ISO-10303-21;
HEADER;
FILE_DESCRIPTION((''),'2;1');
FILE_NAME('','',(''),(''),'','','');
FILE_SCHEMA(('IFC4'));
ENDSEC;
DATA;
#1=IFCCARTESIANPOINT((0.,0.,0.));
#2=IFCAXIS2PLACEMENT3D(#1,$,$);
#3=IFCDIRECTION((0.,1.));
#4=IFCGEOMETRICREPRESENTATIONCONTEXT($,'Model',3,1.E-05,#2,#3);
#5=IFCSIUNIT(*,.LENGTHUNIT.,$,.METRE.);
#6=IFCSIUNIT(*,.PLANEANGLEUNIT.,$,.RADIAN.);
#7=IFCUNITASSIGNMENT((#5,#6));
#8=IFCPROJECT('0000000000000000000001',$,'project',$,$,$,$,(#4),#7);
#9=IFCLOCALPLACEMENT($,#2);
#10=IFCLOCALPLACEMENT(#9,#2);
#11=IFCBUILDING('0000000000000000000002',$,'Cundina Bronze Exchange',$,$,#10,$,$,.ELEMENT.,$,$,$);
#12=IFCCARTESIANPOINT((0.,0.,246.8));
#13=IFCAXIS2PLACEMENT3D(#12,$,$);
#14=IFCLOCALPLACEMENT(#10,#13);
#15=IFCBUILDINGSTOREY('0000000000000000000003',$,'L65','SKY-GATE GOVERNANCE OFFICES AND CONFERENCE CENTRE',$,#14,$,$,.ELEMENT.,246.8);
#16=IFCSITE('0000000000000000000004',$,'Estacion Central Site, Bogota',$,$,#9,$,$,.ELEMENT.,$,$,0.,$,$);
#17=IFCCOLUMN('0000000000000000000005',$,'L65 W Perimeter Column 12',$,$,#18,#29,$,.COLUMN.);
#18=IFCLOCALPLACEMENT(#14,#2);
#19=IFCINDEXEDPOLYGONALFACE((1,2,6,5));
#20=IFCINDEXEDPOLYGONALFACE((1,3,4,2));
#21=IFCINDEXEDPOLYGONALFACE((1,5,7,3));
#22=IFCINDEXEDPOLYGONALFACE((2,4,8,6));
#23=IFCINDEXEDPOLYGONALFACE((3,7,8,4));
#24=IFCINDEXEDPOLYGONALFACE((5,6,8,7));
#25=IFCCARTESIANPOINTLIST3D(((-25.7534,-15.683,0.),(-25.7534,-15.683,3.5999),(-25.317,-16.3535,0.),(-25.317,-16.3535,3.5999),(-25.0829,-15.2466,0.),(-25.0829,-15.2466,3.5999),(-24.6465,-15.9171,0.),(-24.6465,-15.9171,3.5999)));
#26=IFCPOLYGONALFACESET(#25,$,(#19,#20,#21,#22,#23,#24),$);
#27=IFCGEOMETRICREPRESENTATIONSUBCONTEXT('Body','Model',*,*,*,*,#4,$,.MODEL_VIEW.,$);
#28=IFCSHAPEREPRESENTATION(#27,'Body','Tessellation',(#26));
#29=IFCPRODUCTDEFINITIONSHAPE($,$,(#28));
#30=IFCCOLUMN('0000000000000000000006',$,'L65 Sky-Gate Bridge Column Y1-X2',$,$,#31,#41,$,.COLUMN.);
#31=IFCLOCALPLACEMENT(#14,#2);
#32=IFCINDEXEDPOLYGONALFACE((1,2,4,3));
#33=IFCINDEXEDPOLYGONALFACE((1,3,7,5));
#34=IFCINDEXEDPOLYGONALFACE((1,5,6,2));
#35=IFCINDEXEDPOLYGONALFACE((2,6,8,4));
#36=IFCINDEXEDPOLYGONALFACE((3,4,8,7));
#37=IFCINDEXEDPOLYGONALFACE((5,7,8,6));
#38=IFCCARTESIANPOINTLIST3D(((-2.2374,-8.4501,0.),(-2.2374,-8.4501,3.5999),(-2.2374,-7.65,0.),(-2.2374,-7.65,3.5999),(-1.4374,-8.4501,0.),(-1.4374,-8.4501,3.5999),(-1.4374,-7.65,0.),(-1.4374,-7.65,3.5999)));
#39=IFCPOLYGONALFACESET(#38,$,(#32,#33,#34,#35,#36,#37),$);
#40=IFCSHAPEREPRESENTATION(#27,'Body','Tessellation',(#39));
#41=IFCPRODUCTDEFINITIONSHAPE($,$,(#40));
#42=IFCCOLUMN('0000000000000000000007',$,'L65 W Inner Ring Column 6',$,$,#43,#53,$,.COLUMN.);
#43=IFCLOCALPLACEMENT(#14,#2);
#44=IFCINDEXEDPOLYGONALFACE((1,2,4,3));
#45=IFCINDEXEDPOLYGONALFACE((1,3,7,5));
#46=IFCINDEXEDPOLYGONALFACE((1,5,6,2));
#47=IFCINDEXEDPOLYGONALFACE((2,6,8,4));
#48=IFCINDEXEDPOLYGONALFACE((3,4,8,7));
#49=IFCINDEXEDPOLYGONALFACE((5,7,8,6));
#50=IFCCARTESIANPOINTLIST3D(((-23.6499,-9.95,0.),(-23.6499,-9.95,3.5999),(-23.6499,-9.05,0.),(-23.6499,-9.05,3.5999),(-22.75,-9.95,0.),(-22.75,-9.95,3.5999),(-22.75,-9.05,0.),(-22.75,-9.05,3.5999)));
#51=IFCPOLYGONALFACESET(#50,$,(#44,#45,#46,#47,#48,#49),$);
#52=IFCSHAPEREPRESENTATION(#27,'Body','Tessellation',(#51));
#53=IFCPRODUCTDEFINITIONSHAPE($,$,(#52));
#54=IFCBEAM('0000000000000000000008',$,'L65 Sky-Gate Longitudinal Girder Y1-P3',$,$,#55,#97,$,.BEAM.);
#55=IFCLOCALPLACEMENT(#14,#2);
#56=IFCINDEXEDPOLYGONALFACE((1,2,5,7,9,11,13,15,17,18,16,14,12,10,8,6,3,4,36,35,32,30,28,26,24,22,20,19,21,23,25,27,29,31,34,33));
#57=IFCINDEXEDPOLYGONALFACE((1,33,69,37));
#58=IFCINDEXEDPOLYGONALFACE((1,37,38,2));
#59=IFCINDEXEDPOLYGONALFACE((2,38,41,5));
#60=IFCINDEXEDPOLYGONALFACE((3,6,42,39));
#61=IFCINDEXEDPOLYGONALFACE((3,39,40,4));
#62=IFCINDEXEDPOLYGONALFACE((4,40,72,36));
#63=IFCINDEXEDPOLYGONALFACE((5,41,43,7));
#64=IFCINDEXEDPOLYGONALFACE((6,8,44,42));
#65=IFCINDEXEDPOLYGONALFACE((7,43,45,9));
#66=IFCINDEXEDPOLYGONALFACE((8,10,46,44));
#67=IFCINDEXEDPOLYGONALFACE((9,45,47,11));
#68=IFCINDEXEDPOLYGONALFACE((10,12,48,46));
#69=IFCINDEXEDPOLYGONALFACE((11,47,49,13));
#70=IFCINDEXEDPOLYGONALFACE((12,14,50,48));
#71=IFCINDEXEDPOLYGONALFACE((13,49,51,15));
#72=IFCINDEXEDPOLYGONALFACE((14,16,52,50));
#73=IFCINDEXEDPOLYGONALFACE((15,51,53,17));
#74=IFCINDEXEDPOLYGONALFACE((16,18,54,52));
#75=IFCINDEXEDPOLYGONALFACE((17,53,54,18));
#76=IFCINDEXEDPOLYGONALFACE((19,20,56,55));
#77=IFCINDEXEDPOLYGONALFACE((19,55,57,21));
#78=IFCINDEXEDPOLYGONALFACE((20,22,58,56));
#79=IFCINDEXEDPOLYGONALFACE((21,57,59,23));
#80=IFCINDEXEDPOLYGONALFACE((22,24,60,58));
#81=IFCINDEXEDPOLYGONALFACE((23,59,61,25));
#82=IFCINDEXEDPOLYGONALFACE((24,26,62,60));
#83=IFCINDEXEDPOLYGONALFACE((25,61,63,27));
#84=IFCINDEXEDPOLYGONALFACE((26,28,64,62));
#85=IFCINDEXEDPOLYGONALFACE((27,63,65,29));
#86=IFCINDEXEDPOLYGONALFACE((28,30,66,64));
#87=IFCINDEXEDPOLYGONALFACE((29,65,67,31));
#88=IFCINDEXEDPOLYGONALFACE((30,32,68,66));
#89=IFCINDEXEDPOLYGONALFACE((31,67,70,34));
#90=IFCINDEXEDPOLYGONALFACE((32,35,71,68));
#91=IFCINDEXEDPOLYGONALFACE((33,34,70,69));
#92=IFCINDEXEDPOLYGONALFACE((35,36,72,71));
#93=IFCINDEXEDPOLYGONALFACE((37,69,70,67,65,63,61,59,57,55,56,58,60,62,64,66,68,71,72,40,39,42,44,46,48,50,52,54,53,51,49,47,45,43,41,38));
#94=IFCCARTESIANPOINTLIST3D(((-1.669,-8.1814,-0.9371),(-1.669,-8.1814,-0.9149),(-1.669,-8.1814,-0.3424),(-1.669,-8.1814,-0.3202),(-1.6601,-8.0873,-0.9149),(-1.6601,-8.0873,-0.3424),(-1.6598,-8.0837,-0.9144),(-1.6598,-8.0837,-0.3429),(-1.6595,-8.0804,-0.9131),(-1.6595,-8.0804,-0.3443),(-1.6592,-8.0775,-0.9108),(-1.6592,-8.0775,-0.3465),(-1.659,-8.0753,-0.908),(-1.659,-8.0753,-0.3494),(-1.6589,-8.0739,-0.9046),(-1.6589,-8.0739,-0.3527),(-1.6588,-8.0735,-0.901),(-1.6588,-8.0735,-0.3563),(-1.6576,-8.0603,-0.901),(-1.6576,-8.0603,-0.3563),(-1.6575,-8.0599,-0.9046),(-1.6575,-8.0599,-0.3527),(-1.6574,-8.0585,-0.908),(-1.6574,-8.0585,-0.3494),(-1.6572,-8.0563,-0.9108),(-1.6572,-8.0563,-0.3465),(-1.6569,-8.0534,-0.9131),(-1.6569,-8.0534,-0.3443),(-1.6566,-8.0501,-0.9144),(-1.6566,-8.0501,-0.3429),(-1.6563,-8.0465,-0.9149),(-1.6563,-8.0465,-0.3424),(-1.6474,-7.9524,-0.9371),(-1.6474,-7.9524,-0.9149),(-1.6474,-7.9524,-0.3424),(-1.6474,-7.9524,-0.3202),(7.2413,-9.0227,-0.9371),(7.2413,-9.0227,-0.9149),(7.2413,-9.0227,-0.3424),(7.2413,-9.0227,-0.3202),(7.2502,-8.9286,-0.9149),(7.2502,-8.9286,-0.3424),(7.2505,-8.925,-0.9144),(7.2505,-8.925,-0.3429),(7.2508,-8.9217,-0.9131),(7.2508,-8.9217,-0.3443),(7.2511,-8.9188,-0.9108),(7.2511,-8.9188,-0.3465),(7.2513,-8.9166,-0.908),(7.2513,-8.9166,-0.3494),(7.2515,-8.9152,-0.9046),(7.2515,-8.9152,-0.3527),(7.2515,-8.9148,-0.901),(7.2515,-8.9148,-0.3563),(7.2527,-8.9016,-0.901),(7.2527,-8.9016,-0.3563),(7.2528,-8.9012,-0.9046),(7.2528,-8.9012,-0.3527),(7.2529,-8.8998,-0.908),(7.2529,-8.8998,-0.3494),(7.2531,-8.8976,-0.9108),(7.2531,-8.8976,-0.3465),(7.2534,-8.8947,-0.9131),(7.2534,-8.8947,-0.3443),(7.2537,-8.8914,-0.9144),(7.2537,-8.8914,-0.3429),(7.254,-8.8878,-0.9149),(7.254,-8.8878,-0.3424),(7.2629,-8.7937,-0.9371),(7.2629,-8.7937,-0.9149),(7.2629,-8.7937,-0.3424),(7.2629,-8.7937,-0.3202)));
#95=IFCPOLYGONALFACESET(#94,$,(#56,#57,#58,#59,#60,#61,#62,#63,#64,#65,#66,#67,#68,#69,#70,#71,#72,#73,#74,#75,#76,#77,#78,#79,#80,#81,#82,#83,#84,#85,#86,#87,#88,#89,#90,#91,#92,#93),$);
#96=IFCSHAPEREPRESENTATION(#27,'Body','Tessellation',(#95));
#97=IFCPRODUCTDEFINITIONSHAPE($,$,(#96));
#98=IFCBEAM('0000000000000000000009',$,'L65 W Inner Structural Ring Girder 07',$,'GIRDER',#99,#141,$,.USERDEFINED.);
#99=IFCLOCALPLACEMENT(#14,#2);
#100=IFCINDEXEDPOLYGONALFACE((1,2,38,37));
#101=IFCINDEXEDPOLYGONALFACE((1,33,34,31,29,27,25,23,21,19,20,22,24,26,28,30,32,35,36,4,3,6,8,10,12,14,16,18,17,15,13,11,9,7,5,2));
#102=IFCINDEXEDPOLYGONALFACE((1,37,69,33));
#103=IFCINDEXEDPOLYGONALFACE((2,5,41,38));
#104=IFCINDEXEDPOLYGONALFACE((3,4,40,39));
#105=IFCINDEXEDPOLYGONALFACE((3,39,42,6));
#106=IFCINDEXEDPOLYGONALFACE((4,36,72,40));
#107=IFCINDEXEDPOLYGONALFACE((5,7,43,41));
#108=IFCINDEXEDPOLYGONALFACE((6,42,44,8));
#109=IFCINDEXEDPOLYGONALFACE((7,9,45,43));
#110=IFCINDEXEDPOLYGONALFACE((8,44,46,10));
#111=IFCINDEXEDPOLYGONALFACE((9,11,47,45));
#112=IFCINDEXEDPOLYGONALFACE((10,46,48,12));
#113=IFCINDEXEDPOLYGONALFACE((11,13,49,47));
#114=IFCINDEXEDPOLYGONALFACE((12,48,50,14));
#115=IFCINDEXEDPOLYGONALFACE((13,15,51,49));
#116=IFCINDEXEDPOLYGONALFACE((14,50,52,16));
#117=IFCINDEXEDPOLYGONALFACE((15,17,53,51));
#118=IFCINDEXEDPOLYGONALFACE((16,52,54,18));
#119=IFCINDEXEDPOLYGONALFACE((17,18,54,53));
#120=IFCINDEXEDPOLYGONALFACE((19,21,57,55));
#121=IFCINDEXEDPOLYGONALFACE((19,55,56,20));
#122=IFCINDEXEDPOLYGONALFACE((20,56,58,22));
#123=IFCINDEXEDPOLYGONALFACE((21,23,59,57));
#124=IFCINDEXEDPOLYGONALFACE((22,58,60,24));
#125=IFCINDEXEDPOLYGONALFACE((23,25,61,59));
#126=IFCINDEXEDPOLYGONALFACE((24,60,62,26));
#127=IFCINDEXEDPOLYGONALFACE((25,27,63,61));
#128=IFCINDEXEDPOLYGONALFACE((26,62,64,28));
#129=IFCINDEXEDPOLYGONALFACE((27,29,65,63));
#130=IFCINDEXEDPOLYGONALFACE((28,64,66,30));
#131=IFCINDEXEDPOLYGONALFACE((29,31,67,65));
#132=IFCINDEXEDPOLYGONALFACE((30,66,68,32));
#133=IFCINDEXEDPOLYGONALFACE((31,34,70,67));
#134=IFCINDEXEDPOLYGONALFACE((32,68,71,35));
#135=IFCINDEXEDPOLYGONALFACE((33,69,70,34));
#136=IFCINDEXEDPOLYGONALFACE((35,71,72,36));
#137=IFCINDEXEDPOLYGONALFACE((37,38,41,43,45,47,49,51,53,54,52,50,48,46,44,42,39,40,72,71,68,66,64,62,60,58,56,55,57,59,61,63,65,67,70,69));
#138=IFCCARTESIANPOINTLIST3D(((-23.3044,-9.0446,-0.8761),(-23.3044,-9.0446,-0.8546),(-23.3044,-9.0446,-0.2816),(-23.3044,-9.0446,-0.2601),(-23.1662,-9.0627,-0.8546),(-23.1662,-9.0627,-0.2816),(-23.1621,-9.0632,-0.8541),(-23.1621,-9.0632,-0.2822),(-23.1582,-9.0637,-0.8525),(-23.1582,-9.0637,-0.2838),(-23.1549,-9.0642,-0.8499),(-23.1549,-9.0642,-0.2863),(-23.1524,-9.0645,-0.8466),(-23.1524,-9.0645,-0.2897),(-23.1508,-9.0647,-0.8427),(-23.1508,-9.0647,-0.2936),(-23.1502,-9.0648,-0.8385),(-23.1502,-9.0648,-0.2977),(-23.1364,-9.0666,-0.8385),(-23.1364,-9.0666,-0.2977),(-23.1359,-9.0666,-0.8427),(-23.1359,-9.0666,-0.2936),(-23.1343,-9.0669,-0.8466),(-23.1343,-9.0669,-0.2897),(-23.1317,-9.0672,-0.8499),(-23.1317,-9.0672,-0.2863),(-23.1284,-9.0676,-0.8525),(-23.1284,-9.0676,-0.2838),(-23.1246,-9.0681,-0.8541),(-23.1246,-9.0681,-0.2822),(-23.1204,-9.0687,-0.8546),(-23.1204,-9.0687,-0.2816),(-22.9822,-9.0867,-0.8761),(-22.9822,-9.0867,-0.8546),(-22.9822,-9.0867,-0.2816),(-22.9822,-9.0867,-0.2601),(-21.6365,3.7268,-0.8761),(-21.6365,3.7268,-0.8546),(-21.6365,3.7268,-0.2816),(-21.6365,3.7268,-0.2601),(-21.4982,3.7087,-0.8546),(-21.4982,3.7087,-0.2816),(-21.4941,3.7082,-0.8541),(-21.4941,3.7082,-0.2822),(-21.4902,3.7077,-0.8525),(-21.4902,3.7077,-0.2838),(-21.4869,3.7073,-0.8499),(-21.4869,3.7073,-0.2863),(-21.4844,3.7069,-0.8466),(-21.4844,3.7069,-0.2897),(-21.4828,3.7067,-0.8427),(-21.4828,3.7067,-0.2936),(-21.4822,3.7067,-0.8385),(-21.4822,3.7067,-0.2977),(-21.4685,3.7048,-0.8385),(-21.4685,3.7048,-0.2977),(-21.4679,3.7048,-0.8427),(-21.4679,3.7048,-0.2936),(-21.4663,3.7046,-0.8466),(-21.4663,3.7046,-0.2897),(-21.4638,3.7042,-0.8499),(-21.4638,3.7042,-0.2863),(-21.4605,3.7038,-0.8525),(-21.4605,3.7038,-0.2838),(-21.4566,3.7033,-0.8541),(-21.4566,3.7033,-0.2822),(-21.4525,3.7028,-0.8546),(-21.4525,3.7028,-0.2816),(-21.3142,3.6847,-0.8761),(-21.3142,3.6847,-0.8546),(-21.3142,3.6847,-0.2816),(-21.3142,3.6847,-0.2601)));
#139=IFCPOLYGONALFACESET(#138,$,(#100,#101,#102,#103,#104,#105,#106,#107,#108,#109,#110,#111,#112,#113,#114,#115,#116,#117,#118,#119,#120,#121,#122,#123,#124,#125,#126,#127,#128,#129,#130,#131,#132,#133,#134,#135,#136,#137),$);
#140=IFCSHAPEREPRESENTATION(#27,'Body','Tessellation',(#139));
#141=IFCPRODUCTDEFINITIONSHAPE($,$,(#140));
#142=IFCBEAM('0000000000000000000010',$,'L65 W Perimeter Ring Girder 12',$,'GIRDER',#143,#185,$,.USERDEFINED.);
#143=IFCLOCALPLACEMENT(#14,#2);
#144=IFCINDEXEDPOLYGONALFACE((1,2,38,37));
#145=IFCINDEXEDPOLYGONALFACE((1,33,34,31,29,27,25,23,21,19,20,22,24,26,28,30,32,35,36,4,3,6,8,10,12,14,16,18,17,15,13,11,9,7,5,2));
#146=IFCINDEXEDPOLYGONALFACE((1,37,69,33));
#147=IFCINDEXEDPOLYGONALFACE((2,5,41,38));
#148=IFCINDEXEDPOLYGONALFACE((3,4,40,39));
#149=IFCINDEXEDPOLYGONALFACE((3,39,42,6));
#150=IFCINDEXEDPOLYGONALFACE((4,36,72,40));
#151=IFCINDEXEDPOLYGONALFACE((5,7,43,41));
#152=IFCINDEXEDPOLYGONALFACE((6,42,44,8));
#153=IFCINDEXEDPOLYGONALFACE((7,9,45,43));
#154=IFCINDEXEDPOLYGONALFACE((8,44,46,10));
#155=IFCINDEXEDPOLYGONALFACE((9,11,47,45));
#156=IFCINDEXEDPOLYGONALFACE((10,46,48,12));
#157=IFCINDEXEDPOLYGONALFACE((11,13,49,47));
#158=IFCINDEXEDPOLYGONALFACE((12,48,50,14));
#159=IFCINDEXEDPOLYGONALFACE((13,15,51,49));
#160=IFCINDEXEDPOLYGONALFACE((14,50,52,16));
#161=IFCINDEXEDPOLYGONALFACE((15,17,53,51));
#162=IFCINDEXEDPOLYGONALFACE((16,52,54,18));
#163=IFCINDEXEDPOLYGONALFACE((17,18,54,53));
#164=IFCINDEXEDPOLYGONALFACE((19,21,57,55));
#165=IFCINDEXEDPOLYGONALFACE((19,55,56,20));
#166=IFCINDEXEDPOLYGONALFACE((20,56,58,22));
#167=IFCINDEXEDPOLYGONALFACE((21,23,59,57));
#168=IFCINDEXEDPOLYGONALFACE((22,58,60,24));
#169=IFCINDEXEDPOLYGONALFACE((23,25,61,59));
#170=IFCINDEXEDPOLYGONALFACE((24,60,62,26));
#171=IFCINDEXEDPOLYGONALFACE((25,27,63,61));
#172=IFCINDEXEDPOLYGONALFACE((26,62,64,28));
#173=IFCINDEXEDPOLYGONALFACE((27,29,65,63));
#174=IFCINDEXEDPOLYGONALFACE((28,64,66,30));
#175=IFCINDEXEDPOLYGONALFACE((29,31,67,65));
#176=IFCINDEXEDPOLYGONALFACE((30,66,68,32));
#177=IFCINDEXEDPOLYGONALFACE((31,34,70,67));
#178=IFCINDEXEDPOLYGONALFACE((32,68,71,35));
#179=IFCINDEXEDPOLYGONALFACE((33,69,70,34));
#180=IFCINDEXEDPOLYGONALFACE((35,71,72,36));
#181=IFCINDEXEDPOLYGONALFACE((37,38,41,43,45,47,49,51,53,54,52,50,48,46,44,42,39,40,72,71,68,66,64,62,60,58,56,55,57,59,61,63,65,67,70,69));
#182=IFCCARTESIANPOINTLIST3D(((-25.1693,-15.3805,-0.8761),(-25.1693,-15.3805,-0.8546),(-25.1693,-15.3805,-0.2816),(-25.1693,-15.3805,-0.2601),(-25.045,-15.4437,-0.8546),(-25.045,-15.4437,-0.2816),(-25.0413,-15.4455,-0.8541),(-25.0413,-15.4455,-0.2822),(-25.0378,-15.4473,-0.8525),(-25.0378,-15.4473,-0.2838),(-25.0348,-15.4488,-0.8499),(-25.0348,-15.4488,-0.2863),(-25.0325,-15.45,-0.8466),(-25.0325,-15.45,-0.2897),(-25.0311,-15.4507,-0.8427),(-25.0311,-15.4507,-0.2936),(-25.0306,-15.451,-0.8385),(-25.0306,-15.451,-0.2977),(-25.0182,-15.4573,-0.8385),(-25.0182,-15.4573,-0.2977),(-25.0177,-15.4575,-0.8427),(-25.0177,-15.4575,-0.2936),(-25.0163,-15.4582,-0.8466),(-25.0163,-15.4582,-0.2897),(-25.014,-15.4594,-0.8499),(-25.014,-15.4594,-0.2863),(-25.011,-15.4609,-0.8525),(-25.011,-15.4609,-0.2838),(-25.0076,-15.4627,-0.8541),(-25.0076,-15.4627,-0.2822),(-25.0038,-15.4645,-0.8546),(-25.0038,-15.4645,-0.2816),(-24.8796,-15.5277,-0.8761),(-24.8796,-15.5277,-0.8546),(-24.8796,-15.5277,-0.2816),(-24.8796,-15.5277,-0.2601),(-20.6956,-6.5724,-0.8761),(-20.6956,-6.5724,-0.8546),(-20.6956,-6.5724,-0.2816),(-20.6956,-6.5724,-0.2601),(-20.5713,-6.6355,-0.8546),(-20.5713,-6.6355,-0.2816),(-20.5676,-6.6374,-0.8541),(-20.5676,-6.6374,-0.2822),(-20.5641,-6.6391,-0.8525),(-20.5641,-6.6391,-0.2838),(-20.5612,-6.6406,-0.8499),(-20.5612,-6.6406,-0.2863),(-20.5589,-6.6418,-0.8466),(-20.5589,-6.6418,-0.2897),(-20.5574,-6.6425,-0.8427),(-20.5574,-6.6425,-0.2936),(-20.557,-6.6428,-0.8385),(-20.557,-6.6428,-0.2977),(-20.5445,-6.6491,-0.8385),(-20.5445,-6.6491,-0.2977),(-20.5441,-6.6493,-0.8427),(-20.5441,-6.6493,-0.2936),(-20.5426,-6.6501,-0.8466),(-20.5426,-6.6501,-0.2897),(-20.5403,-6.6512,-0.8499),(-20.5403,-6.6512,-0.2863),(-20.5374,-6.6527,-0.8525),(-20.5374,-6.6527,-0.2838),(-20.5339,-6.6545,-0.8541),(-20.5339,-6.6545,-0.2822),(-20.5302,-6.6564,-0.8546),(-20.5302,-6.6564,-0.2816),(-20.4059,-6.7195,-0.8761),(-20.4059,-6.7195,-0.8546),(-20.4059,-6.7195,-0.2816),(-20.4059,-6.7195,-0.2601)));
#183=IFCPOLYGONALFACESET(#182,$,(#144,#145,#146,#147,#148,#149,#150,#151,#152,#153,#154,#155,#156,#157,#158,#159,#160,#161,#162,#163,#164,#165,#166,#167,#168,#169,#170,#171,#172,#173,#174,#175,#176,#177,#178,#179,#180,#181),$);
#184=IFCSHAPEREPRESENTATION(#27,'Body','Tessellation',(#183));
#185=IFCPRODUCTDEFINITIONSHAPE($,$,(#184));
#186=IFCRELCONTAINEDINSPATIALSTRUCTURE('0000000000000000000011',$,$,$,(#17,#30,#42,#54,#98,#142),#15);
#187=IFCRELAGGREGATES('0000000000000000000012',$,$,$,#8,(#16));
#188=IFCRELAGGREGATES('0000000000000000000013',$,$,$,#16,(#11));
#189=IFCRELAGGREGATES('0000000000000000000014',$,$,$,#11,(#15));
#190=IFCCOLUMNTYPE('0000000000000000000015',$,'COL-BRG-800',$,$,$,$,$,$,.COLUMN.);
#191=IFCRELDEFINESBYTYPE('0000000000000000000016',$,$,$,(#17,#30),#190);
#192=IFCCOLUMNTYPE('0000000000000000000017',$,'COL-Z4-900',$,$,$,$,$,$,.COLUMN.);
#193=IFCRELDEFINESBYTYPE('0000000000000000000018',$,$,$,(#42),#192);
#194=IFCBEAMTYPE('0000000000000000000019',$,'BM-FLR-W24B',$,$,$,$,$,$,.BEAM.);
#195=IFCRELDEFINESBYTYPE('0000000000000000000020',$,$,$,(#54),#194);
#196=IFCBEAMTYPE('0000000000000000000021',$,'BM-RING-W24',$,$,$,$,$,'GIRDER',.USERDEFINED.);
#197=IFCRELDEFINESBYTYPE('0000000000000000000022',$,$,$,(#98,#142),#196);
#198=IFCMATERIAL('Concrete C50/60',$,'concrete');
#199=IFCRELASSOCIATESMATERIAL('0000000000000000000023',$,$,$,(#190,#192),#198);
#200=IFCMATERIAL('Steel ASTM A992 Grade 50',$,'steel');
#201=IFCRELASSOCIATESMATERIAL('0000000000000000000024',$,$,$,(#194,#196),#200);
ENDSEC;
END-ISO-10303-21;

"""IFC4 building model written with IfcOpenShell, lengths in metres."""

from ifc_helpers import new_model, si_unit, direction, frame, origin, origin_2d, place, context, subcontext, project, spatial, rectangle, i_section, extrude, material, material_profile, profile_set, type_object, element, save


model = new_model("IFC4")

# Units and contexts
model_context = context("Model", 3, precision=1e-05, world=origin(), true_north=direction((0.0, 1.0)))
body_context = subcontext(model_context, "Body", "Model", "MODEL_VIEW")
ifc_project = project(units=[si_unit("LENGTHUNIT", "METRE"), si_unit("PLANEANGLEUNIT", "RADIAN")], contexts=[model_context])

# Site, building, storey
site_placement = place(None, origin())
site = spatial("IfcSite", under=ifc_project, at=site_placement, Name="Estacion Central Site, Bogota", CompositionType="ELEMENT", RefElevation=0.0)
building_placement = place(site_placement, origin())
building = spatial("IfcBuilding", under=site, at=building_placement, Name="Cundina Bronze Exchange", CompositionType="ELEMENT")
storey_placement = place(building_placement, frame((0.0, 0.0, 246.8)))
storey = spatial("IfcBuildingStorey", under=building, at=storey_placement, Name="L65", Description="SKY-GATE GOVERNANCE OFFICES AND CONFERENCE CENTRE", CompositionType="ELEMENT", Elevation=246.8)

# Columns
ifc_material_1 = material(Name="Concrete C50/60", Category="concrete")
ifc_material_profile_1 = material_profile(ifc_material_1, rectangle(XDim=0.8, YDim=0.8, at=origin_2d()), Name="RC800X800", Category="concrete")
ifc_profile_set_1 = profile_set([ifc_material_profile_1], Name="Concrete C50/60")
column_type_1 = type_object("IfcColumnType", Name="COL-BRG-800", PredefinedType="COLUMN", material=ifc_profile_set_1)
for number, where, z_axis, x_axis, name in (
    (1, (-25.2, -15.8, 0.0), (0.0, 0.0, 1.0), (0.8381, 0.545517, 0.0), "L65 W Perimeter Column 12"),
    (2, (-1.8374, -8.05, 0.0), (0.0, 0.0, 1.0), (1.0, 0.0, 0.0), "L65 Sky-Gate Bridge Column Y1-X2"),
):
    element("IfcColumn", number, at=place(storey_placement, frame(where, z_axis=z_axis, x_axis=x_axis)), inside=storey, type_object=column_type_1, Name=name, PredefinedType="COLUMN", context=body_context, shape_type="SweptSolid", body=[
        extrude(rectangle(XDim=0.8, YDim=0.8, at=origin_2d()), origin(), (0.0, 0.0, 1.0), 3.5999),
    ])
ifc_material_profile_2 = material_profile(ifc_material_1, rectangle(XDim=0.8999, YDim=0.8999, at=origin_2d()), Name="RC900X900", Category="concrete")
ifc_profile_set_2 = profile_set([ifc_material_profile_2], Name="Concrete C50/60")
column_type_2 = type_object("IfcColumnType", Name="COL-Z4-900", PredefinedType="COLUMN", material=ifc_profile_set_2)
column_placement = place(storey_placement, frame((-23.2, -9.5, 0.0), z_axis=(0.0, 0.0, 1.0), x_axis=(1.0, 0.0, 0.0)))
element("IfcColumn", 3, at=column_placement, inside=storey, type_object=column_type_2, Name="L65 W Inner Ring Column 6", PredefinedType="COLUMN", context=body_context, shape_type="SweptSolid", body=[
    extrude(rectangle(XDim=0.8999, YDim=0.8999, at=origin_2d()), origin(), (0.0, 0.0, 1.0), 3.5999),
])

# Beams
ifc_material_2 = material(Name="Steel ASTM A992 Grade 50", Category="steel")
ifc_material_profile_3 = material_profile(ifc_material_2, i_section(OverallWidth=0.23, OverallDepth=0.6169, WebThickness=0.0132, FlangeThickness=0.0222, FilletRadius=0.0139, at=origin_2d()), Name="W24X94", Category="steel")
ifc_profile_set_3 = profile_set([ifc_material_profile_3], Name="Steel ASTM A992 Grade 50")
beam_type_1 = type_object("IfcBeamType", Name="BM-FLR-W24B", PredefinedType="BEAM", material=ifc_profile_set_3)
beam_1_placement = place(storey_placement, frame((-1.6582, -8.0669, -0.6287), z_axis=(0.995572, -0.094001, 0.0), x_axis=(0.094001, 0.995572, 0.0)))
element("IfcBeam", 4, at=beam_1_placement, inside=storey, type_object=beam_type_1, Name="L65 Sky-Gate Longitudinal Girder Y1-P3", PredefinedType="BEAM", context=body_context, shape_type="SweptSolid", body=[
    extrude(i_section(OverallWidth=0.23, OverallDepth=0.6169, WebThickness=0.0132, FlangeThickness=0.0222, FilletRadius=0.0139, at=origin_2d()), origin(), (0.0, 0.0, 1.0), 8.95),
])
ifc_material_profile_4 = material_profile(ifc_material_2, i_section(OverallWidth=0.325, OverallDepth=0.616, WebThickness=0.0139, FlangeThickness=0.0215, FilletRadius=0.0161, at=origin_2d()), Name="W24X117", Category="steel")
ifc_profile_set_4 = profile_set([ifc_material_profile_4], Name="Steel ASTM A992 Grade 50")
beam_type_2 = type_object("IfcBeamType", Name="BM-RING-W24", ElementType="GIRDER", PredefinedType="USERDEFINED", material=ifc_profile_set_4)
beam_2_placement = place(storey_placement, frame((-23.1433, -9.0657, -0.5681), z_axis=(0.129501, 0.991579, 0.0), x_axis=(-0.991579, 0.129501, 0.0)))
element("IfcBeam", 5, at=beam_2_placement, inside=storey, type_object=beam_type_2, Name="L65 W Inner Structural Ring Girder 07", ObjectType="GIRDER", PredefinedType="USERDEFINED", context=body_context, shape_type="SweptSolid", body=[
    extrude(i_section(OverallWidth=0.325, OverallDepth=0.616, WebThickness=0.0139, FlangeThickness=0.0215, FilletRadius=0.0161, at=origin_2d()), origin(), (0.0, 0.0, 1.0), 12.8799),
])
beam_3_placement = place(storey_placement, frame((-25.0244, -15.4541, -0.5681), z_axis=(0.452839, 0.891592, 0.0), x_axis=(-0.891592, 0.452839, 0.0)))
element("IfcBeam", 6, at=beam_3_placement, inside=storey, type_object=beam_type_2, Name="L65 W Perimeter Ring Girder 12", ObjectType="GIRDER", PredefinedType="USERDEFINED", context=body_context, shape_type="SweptSolid", body=[
    extrude(i_section(OverallWidth=0.325, OverallDepth=0.616, WebThickness=0.0139, FlangeThickness=0.0215, FilletRadius=0.0161, at=origin_2d()), origin(), (0.0, 0.0, 1.0), 9.8792),
])

save(model, "model.ifc")
